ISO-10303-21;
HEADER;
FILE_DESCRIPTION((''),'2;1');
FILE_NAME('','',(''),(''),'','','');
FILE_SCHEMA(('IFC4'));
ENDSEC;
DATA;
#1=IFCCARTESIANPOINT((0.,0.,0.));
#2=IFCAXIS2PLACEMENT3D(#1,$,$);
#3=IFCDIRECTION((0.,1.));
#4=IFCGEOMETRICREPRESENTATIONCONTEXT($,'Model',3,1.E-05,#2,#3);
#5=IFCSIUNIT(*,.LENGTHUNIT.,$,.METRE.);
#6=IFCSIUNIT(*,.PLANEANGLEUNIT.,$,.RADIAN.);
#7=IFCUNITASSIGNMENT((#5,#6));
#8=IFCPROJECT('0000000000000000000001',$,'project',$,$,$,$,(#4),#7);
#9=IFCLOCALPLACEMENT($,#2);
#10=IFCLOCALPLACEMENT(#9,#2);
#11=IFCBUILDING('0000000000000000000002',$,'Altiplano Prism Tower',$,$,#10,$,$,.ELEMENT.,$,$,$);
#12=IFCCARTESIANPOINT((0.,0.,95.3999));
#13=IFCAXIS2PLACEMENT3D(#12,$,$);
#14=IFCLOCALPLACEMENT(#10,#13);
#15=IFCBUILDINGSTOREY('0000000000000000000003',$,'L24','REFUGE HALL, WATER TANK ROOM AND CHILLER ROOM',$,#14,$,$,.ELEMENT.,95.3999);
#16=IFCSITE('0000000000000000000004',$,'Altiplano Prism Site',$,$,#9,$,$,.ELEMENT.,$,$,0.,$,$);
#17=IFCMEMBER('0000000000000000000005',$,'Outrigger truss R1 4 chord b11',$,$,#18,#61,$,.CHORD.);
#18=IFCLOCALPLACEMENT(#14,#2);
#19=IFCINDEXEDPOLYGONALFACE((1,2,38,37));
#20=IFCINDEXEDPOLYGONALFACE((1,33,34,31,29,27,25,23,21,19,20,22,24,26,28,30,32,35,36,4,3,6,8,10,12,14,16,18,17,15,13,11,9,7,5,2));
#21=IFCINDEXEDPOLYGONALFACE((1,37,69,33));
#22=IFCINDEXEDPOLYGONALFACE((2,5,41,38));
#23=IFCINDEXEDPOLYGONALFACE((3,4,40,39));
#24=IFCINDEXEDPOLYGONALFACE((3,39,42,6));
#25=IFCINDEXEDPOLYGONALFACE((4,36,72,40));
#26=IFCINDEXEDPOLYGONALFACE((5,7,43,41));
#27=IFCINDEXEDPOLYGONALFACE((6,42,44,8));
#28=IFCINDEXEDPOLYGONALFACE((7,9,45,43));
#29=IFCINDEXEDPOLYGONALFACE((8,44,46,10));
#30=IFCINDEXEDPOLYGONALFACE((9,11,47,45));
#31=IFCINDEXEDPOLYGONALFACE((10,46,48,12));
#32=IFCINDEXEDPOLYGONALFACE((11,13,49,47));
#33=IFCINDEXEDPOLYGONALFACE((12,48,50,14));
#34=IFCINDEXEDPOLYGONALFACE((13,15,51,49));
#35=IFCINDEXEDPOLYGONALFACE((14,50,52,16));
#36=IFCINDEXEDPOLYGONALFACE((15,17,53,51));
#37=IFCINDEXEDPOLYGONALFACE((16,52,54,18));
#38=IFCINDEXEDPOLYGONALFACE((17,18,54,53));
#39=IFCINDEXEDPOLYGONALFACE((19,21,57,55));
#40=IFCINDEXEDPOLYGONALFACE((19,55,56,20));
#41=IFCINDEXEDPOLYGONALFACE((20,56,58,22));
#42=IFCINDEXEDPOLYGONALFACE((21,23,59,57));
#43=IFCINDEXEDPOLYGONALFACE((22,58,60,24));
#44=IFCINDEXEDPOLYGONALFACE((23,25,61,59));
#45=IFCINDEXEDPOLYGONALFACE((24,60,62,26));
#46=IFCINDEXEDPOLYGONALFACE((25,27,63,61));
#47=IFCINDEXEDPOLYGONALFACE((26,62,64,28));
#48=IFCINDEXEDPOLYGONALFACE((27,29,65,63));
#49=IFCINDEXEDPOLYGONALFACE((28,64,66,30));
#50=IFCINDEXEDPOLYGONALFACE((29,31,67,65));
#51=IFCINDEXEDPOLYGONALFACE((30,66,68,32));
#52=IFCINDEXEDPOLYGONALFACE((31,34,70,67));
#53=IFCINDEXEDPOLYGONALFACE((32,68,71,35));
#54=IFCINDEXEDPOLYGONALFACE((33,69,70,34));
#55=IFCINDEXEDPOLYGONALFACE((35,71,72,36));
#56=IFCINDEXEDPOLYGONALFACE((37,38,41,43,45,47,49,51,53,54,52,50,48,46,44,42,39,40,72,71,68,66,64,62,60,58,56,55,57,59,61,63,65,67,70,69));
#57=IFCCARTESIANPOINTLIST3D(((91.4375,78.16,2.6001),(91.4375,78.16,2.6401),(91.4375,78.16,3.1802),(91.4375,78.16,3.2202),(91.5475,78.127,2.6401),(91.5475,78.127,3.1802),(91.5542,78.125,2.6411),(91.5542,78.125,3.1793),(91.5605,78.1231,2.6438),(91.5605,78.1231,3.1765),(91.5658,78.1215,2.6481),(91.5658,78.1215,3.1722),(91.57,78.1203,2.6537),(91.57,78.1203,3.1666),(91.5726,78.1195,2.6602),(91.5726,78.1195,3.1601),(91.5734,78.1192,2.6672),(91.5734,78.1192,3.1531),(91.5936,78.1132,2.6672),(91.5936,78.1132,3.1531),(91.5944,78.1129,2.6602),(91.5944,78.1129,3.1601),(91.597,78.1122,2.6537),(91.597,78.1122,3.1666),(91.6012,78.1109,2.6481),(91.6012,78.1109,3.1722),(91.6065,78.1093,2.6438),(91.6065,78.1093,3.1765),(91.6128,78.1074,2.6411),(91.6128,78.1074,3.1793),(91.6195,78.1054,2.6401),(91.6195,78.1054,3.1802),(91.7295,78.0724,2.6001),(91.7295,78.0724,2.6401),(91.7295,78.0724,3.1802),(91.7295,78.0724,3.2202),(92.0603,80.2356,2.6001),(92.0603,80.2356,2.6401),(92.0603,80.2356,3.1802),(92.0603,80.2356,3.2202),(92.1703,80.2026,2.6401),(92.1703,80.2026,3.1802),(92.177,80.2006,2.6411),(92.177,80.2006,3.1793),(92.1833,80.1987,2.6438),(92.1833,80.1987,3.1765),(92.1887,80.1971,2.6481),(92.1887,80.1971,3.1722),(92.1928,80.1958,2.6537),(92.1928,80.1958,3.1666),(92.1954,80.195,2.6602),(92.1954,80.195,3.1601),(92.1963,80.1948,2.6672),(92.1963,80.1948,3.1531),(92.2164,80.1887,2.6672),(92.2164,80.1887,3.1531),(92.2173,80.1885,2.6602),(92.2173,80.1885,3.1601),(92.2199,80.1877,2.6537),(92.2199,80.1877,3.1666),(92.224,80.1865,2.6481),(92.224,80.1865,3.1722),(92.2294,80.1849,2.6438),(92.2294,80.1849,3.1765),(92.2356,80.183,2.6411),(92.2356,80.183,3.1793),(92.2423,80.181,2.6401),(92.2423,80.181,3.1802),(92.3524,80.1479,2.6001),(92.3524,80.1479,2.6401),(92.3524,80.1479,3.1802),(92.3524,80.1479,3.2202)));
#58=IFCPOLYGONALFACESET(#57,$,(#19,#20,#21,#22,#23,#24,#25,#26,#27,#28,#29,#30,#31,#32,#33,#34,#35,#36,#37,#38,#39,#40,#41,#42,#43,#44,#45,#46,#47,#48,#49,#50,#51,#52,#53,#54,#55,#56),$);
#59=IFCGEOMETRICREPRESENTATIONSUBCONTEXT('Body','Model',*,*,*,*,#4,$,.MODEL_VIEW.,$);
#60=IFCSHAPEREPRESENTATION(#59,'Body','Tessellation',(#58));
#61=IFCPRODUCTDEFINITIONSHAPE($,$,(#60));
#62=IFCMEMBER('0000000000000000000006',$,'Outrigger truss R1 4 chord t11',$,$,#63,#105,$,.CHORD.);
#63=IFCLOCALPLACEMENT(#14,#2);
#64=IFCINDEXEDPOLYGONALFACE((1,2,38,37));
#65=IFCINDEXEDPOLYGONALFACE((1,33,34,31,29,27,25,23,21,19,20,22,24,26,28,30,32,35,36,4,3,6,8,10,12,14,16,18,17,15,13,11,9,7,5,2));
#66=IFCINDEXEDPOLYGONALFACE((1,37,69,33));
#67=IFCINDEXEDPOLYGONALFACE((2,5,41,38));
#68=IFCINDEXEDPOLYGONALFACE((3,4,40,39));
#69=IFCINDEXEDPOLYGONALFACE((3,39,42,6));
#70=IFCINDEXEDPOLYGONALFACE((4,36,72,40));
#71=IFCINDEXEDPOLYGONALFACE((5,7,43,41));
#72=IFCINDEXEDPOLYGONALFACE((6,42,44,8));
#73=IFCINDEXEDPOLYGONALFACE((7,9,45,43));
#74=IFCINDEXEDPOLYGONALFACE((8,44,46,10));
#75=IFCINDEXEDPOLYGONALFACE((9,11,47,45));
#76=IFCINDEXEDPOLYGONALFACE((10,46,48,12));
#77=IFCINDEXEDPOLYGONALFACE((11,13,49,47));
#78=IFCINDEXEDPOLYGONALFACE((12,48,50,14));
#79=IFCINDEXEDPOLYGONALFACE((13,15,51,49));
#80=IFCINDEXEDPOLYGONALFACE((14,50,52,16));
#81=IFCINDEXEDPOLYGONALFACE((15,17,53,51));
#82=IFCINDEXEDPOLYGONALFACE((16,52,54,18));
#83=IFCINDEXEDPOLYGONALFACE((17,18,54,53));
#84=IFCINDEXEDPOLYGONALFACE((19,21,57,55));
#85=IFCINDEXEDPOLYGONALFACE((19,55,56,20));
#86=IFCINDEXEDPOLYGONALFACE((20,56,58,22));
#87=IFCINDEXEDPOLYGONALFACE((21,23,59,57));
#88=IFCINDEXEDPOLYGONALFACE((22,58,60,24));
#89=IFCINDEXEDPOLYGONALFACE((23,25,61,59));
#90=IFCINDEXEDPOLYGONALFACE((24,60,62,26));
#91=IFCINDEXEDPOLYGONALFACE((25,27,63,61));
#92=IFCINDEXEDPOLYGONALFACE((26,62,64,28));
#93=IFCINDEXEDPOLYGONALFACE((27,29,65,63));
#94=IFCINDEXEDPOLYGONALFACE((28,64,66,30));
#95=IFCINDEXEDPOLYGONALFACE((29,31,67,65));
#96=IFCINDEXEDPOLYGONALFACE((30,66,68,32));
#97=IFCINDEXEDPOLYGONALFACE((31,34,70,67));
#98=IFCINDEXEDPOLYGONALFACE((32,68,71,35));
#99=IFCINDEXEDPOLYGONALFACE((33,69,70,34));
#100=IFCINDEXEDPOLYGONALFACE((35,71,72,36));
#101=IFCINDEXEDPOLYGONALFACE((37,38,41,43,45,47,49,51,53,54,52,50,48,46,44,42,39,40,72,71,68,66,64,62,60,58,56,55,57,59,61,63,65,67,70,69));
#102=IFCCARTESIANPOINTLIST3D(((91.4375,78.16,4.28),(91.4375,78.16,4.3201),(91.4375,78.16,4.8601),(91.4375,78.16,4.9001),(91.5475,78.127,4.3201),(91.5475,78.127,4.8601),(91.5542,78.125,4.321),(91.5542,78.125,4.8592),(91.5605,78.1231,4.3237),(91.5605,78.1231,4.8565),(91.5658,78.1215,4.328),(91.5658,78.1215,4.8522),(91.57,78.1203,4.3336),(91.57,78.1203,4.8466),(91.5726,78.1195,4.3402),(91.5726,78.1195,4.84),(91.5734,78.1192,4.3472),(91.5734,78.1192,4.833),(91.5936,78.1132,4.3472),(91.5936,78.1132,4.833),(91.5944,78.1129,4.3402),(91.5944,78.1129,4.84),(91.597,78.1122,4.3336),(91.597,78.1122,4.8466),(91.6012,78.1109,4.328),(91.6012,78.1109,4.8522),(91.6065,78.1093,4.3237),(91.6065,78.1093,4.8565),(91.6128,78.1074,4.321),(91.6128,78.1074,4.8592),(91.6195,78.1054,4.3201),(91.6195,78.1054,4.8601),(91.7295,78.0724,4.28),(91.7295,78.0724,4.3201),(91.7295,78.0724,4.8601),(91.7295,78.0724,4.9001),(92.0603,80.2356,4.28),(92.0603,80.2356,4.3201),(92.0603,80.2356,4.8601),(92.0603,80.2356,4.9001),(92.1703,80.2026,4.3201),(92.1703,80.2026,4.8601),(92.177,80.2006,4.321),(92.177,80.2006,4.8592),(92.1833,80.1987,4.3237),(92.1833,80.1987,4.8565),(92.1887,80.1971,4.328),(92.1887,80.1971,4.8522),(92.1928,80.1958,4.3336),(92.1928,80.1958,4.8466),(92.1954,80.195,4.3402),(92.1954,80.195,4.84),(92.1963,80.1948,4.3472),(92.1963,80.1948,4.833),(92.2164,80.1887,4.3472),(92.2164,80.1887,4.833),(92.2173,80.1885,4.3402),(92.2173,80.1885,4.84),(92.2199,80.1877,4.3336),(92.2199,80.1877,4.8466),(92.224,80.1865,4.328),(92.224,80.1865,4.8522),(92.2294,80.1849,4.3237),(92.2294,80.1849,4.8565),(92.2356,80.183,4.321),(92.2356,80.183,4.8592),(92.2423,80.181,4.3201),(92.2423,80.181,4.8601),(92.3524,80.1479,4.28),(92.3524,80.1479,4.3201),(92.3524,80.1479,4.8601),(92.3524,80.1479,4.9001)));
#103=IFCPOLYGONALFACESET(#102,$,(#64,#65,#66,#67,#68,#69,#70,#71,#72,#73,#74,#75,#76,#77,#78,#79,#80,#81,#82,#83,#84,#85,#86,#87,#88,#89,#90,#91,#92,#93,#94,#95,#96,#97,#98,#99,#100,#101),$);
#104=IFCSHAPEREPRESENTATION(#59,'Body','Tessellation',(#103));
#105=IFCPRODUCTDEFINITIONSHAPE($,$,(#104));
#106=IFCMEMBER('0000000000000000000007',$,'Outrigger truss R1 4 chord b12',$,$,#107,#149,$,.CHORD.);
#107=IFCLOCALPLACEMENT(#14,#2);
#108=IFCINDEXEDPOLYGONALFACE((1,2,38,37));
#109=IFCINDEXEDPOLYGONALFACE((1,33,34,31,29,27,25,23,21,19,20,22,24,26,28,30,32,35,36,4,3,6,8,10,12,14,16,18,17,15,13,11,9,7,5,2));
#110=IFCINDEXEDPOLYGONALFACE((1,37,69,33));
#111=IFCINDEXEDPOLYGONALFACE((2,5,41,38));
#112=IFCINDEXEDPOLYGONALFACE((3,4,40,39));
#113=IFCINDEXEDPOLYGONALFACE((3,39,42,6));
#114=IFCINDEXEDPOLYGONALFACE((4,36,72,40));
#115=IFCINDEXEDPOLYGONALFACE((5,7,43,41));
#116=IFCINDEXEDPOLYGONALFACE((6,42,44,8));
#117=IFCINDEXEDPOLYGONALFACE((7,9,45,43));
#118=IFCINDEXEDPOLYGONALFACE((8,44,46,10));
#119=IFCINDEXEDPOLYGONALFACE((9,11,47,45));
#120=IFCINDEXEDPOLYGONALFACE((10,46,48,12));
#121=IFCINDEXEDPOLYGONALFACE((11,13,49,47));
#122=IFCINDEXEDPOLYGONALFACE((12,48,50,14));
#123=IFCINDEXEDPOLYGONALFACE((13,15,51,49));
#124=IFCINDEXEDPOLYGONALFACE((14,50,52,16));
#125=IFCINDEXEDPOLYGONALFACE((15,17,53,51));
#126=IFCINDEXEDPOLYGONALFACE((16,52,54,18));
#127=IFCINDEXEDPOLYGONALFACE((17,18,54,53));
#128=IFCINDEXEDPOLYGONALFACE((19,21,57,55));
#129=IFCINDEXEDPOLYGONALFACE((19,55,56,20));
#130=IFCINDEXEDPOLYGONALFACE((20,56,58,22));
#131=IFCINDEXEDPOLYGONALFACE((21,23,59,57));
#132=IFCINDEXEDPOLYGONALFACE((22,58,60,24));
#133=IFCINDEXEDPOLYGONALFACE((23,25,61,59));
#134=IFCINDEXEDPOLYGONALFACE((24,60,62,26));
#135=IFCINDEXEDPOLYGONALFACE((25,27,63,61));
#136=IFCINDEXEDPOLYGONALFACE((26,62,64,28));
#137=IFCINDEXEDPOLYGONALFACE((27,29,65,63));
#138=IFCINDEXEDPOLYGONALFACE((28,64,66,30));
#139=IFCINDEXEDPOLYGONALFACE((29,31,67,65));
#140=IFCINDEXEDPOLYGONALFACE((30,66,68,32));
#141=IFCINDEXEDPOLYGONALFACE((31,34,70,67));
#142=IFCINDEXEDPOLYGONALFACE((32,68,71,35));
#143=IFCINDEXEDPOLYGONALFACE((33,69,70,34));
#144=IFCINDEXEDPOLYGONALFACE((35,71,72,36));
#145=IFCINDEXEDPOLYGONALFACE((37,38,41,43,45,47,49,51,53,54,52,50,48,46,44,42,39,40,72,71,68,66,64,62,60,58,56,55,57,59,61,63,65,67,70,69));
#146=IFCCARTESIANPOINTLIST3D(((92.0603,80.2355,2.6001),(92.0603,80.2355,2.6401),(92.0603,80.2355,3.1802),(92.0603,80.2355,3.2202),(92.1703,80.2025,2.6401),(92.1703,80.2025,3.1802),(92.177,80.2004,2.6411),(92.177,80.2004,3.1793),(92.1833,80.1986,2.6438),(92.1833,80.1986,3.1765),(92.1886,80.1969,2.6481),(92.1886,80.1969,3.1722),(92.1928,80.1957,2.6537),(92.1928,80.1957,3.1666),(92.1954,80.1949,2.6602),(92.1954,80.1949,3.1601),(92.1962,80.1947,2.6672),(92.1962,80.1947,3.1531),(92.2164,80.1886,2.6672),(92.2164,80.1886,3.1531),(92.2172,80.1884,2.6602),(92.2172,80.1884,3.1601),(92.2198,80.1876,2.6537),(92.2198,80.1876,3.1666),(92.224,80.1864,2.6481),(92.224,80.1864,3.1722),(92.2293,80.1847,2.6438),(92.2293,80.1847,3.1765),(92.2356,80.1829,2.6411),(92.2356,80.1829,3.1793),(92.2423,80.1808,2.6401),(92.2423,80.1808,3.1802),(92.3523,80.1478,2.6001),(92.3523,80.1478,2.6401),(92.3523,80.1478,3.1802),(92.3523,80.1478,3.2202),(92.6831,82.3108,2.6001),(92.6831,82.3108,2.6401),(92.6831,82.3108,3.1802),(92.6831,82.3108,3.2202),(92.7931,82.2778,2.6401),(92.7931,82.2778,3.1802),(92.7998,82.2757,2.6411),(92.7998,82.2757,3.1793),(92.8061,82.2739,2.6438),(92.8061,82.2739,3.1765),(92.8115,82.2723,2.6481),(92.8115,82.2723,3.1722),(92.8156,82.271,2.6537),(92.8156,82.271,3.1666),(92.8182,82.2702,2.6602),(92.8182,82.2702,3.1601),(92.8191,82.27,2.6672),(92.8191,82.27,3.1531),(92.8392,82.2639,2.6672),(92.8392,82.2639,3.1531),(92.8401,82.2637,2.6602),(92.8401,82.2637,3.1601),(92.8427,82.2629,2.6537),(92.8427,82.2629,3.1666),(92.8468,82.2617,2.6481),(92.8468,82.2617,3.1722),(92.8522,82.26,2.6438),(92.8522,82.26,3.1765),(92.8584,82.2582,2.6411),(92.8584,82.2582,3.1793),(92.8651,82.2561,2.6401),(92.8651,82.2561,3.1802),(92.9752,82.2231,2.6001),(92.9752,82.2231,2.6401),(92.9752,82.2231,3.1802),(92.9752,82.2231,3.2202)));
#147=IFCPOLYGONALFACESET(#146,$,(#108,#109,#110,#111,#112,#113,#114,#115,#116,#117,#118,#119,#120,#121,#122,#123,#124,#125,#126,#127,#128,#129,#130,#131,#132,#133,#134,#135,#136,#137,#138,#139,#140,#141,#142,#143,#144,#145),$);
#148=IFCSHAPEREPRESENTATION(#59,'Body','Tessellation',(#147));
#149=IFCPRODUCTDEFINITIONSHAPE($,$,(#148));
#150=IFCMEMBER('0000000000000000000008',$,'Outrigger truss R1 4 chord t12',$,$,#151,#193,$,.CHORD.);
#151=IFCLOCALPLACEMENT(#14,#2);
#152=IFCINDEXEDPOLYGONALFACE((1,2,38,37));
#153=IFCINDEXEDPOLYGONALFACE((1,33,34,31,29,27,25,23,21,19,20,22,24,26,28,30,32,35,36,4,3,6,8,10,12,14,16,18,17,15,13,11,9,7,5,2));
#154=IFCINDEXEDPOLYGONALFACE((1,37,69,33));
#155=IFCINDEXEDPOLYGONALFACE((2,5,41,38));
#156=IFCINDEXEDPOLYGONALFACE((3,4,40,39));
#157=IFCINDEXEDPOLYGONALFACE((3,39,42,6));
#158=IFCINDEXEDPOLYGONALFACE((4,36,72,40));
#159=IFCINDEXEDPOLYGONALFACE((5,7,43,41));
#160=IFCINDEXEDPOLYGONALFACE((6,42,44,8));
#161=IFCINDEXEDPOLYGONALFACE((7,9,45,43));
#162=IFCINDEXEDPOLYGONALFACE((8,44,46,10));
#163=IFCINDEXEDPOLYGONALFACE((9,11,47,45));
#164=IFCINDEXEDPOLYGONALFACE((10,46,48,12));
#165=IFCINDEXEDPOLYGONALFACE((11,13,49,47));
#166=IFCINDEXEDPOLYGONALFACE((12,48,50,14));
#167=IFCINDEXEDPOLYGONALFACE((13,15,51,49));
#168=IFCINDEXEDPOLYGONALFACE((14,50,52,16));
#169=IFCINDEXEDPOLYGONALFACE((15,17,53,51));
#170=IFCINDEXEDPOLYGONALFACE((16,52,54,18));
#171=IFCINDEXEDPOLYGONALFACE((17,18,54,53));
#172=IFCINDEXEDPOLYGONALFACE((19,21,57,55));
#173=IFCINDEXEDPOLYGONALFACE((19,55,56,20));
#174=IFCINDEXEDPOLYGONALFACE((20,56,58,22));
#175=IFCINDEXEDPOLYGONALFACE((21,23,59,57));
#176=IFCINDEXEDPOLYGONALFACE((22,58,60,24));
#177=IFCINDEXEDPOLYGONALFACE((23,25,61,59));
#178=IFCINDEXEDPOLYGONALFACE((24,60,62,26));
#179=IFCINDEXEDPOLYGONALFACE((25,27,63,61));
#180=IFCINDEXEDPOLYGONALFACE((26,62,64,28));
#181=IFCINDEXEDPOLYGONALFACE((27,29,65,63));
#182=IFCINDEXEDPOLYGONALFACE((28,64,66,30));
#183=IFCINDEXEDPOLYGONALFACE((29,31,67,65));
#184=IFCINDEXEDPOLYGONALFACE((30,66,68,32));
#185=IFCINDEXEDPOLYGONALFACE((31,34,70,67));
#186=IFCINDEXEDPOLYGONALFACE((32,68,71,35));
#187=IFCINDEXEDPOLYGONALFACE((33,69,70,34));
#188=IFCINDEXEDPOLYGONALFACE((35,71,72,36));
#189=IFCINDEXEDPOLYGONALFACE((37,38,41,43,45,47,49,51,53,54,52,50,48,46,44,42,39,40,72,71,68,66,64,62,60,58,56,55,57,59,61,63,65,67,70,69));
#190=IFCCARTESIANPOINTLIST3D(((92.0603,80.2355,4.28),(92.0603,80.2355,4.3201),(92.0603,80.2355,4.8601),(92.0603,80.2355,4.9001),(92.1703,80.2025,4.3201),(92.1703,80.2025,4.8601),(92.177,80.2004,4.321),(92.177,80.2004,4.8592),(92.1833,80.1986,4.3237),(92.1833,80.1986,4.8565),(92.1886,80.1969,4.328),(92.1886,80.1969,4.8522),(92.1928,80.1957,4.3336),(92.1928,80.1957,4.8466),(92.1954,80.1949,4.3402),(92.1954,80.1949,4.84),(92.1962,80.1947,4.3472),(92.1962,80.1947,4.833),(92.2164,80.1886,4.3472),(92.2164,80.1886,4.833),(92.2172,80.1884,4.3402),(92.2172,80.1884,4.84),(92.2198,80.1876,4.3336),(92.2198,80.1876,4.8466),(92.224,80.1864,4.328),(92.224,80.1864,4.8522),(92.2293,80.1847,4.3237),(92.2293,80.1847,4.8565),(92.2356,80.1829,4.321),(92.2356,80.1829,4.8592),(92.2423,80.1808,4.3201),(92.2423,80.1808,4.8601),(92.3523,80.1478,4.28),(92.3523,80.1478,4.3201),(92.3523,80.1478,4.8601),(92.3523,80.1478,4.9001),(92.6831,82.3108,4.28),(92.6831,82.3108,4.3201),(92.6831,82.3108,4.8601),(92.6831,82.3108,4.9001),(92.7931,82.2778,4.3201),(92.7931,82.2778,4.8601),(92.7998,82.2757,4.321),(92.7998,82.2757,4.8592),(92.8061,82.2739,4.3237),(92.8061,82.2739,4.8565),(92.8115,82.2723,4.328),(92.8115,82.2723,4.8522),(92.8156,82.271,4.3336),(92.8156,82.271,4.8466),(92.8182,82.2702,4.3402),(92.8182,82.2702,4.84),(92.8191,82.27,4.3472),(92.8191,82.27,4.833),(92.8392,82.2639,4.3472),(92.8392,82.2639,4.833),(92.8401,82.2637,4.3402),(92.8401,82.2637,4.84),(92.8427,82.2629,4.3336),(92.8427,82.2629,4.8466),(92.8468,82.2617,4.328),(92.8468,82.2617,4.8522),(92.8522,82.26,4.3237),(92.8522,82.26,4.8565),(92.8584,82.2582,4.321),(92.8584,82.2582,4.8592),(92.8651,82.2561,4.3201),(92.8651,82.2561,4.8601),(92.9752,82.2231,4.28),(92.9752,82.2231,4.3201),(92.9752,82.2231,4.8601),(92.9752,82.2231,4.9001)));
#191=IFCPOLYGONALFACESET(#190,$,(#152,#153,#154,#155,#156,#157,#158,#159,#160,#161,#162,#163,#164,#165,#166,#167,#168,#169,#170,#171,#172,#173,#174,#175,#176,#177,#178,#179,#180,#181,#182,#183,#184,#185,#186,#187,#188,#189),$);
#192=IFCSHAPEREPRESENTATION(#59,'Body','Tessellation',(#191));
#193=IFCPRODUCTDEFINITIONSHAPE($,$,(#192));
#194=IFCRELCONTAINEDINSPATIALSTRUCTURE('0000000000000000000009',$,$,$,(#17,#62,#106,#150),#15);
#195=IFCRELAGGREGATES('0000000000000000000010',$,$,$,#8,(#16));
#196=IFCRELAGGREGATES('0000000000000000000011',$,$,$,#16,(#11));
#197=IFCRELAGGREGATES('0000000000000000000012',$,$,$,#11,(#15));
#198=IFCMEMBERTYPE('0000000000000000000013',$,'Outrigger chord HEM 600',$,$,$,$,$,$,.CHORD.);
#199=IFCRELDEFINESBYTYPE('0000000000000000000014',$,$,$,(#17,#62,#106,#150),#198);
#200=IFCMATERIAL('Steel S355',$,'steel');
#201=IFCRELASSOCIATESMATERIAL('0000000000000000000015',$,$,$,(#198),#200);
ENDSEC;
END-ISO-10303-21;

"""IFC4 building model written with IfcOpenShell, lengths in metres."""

from ifc_helpers import new_model, si_unit, direction, frame, origin, origin_2d, place, context, subcontext, project, spatial, i_section, extrude, material, material_profile, profile_set, type_object, element, save


model = new_model("IFC4")

# Units and contexts
model_context = context("Model", 3, precision=1e-05, world=origin(), true_north=direction((0.0, 1.0)))
body_context = subcontext(model_context, "Body", "Model", "MODEL_VIEW")
ifc_project = project(units=[si_unit("LENGTHUNIT", "METRE"), si_unit("PLANEANGLEUNIT", "RADIAN")], contexts=[model_context])

# Site, building, storey
site_placement = place(None, origin())
site = spatial("IfcSite", under=ifc_project, at=site_placement, Name="Altiplano Prism Site", CompositionType="ELEMENT", RefElevation=0.0)
building_placement = place(site_placement, origin())
building = spatial("IfcBuilding", under=site, at=building_placement, Name="Altiplano Prism Tower", CompositionType="ELEMENT")
storey_placement = place(building_placement, frame((0.0, 0.0, 95.3999)))
storey = spatial("IfcBuildingStorey", under=building, at=storey_placement, Name="L24", Description="REFUGE HALL, WATER TANK ROOM AND CHILLER ROOM", CompositionType="ELEMENT", Elevation=95.3999)

# Members
ifc_material_1 = material(Name="Steel S355", Category="steel")
ifc_material_profile_1 = material_profile(ifc_material_1, i_section(OverallWidth=0.3049, OverallDepth=0.6201, WebThickness=0.021, FlangeThickness=0.04, FilletRadius=0.0271, at=origin_2d()), Name="Outrigger chord HEM 600")
ifc_profile_set_1 = profile_set([ifc_material_profile_1], Name="Steel S355")
member_type_1 = type_object("IfcMemberType", Name="Outrigger chord HEM 600", PredefinedType="CHORD", material=ifc_profile_set_1)
for number, where, z_axis, x_axis, name in (
    (1, (91.5835, 78.1162, 2.9102), (0.28742, 0.957805, 0.0), (-0.957805, 0.28742, 0.0), "Outrigger truss R1 4 chord b11"),
    (2, (91.5835, 78.1162, 4.5901), (0.28742, 0.957805, 0.0), (-0.957805, 0.28742, 0.0), "Outrigger truss R1 4 chord t11"),
):
    element("IfcMember", number, at=place(storey_placement, frame(where, z_axis=z_axis, x_axis=x_axis)), inside=storey, type_object=member_type_1, Name=name, PredefinedType="CHORD", context=body_context, shape_type="SweptSolid", body=[
        extrude(i_section(OverallWidth=0.3049, OverallDepth=0.6201, WebThickness=0.021, FlangeThickness=0.04, FilletRadius=0.0271, at=origin_2d()), origin(), (0.0, 0.0, 1.0), 2.167),
    ])
for number, where, z_axis, x_axis, name in (
    (3, (92.2063, 80.1917, 2.9102), (0.287451, 0.957795, 0.0), (-0.957795, 0.287451, 0.0), "Outrigger truss R1 4 chord b12"),
    (4, (92.2063, 80.1917, 4.5901), (0.287451, 0.957795, 0.0), (-0.957795, 0.287451, 0.0), "Outrigger truss R1 4 chord t12"),
):
    element("IfcMember", number, at=place(storey_placement, frame(where, z_axis=z_axis, x_axis=x_axis)), inside=storey, type_object=member_type_1, Name=name, PredefinedType="CHORD", context=body_context, shape_type="SweptSolid", body=[
        extrude(i_section(OverallWidth=0.3049, OverallDepth=0.6201, WebThickness=0.021, FlangeThickness=0.04, FilletRadius=0.0271, at=origin_2d()), origin(), (0.0, 0.0, 1.0), 2.1667),
    ])

save(model, "model.ifc")
